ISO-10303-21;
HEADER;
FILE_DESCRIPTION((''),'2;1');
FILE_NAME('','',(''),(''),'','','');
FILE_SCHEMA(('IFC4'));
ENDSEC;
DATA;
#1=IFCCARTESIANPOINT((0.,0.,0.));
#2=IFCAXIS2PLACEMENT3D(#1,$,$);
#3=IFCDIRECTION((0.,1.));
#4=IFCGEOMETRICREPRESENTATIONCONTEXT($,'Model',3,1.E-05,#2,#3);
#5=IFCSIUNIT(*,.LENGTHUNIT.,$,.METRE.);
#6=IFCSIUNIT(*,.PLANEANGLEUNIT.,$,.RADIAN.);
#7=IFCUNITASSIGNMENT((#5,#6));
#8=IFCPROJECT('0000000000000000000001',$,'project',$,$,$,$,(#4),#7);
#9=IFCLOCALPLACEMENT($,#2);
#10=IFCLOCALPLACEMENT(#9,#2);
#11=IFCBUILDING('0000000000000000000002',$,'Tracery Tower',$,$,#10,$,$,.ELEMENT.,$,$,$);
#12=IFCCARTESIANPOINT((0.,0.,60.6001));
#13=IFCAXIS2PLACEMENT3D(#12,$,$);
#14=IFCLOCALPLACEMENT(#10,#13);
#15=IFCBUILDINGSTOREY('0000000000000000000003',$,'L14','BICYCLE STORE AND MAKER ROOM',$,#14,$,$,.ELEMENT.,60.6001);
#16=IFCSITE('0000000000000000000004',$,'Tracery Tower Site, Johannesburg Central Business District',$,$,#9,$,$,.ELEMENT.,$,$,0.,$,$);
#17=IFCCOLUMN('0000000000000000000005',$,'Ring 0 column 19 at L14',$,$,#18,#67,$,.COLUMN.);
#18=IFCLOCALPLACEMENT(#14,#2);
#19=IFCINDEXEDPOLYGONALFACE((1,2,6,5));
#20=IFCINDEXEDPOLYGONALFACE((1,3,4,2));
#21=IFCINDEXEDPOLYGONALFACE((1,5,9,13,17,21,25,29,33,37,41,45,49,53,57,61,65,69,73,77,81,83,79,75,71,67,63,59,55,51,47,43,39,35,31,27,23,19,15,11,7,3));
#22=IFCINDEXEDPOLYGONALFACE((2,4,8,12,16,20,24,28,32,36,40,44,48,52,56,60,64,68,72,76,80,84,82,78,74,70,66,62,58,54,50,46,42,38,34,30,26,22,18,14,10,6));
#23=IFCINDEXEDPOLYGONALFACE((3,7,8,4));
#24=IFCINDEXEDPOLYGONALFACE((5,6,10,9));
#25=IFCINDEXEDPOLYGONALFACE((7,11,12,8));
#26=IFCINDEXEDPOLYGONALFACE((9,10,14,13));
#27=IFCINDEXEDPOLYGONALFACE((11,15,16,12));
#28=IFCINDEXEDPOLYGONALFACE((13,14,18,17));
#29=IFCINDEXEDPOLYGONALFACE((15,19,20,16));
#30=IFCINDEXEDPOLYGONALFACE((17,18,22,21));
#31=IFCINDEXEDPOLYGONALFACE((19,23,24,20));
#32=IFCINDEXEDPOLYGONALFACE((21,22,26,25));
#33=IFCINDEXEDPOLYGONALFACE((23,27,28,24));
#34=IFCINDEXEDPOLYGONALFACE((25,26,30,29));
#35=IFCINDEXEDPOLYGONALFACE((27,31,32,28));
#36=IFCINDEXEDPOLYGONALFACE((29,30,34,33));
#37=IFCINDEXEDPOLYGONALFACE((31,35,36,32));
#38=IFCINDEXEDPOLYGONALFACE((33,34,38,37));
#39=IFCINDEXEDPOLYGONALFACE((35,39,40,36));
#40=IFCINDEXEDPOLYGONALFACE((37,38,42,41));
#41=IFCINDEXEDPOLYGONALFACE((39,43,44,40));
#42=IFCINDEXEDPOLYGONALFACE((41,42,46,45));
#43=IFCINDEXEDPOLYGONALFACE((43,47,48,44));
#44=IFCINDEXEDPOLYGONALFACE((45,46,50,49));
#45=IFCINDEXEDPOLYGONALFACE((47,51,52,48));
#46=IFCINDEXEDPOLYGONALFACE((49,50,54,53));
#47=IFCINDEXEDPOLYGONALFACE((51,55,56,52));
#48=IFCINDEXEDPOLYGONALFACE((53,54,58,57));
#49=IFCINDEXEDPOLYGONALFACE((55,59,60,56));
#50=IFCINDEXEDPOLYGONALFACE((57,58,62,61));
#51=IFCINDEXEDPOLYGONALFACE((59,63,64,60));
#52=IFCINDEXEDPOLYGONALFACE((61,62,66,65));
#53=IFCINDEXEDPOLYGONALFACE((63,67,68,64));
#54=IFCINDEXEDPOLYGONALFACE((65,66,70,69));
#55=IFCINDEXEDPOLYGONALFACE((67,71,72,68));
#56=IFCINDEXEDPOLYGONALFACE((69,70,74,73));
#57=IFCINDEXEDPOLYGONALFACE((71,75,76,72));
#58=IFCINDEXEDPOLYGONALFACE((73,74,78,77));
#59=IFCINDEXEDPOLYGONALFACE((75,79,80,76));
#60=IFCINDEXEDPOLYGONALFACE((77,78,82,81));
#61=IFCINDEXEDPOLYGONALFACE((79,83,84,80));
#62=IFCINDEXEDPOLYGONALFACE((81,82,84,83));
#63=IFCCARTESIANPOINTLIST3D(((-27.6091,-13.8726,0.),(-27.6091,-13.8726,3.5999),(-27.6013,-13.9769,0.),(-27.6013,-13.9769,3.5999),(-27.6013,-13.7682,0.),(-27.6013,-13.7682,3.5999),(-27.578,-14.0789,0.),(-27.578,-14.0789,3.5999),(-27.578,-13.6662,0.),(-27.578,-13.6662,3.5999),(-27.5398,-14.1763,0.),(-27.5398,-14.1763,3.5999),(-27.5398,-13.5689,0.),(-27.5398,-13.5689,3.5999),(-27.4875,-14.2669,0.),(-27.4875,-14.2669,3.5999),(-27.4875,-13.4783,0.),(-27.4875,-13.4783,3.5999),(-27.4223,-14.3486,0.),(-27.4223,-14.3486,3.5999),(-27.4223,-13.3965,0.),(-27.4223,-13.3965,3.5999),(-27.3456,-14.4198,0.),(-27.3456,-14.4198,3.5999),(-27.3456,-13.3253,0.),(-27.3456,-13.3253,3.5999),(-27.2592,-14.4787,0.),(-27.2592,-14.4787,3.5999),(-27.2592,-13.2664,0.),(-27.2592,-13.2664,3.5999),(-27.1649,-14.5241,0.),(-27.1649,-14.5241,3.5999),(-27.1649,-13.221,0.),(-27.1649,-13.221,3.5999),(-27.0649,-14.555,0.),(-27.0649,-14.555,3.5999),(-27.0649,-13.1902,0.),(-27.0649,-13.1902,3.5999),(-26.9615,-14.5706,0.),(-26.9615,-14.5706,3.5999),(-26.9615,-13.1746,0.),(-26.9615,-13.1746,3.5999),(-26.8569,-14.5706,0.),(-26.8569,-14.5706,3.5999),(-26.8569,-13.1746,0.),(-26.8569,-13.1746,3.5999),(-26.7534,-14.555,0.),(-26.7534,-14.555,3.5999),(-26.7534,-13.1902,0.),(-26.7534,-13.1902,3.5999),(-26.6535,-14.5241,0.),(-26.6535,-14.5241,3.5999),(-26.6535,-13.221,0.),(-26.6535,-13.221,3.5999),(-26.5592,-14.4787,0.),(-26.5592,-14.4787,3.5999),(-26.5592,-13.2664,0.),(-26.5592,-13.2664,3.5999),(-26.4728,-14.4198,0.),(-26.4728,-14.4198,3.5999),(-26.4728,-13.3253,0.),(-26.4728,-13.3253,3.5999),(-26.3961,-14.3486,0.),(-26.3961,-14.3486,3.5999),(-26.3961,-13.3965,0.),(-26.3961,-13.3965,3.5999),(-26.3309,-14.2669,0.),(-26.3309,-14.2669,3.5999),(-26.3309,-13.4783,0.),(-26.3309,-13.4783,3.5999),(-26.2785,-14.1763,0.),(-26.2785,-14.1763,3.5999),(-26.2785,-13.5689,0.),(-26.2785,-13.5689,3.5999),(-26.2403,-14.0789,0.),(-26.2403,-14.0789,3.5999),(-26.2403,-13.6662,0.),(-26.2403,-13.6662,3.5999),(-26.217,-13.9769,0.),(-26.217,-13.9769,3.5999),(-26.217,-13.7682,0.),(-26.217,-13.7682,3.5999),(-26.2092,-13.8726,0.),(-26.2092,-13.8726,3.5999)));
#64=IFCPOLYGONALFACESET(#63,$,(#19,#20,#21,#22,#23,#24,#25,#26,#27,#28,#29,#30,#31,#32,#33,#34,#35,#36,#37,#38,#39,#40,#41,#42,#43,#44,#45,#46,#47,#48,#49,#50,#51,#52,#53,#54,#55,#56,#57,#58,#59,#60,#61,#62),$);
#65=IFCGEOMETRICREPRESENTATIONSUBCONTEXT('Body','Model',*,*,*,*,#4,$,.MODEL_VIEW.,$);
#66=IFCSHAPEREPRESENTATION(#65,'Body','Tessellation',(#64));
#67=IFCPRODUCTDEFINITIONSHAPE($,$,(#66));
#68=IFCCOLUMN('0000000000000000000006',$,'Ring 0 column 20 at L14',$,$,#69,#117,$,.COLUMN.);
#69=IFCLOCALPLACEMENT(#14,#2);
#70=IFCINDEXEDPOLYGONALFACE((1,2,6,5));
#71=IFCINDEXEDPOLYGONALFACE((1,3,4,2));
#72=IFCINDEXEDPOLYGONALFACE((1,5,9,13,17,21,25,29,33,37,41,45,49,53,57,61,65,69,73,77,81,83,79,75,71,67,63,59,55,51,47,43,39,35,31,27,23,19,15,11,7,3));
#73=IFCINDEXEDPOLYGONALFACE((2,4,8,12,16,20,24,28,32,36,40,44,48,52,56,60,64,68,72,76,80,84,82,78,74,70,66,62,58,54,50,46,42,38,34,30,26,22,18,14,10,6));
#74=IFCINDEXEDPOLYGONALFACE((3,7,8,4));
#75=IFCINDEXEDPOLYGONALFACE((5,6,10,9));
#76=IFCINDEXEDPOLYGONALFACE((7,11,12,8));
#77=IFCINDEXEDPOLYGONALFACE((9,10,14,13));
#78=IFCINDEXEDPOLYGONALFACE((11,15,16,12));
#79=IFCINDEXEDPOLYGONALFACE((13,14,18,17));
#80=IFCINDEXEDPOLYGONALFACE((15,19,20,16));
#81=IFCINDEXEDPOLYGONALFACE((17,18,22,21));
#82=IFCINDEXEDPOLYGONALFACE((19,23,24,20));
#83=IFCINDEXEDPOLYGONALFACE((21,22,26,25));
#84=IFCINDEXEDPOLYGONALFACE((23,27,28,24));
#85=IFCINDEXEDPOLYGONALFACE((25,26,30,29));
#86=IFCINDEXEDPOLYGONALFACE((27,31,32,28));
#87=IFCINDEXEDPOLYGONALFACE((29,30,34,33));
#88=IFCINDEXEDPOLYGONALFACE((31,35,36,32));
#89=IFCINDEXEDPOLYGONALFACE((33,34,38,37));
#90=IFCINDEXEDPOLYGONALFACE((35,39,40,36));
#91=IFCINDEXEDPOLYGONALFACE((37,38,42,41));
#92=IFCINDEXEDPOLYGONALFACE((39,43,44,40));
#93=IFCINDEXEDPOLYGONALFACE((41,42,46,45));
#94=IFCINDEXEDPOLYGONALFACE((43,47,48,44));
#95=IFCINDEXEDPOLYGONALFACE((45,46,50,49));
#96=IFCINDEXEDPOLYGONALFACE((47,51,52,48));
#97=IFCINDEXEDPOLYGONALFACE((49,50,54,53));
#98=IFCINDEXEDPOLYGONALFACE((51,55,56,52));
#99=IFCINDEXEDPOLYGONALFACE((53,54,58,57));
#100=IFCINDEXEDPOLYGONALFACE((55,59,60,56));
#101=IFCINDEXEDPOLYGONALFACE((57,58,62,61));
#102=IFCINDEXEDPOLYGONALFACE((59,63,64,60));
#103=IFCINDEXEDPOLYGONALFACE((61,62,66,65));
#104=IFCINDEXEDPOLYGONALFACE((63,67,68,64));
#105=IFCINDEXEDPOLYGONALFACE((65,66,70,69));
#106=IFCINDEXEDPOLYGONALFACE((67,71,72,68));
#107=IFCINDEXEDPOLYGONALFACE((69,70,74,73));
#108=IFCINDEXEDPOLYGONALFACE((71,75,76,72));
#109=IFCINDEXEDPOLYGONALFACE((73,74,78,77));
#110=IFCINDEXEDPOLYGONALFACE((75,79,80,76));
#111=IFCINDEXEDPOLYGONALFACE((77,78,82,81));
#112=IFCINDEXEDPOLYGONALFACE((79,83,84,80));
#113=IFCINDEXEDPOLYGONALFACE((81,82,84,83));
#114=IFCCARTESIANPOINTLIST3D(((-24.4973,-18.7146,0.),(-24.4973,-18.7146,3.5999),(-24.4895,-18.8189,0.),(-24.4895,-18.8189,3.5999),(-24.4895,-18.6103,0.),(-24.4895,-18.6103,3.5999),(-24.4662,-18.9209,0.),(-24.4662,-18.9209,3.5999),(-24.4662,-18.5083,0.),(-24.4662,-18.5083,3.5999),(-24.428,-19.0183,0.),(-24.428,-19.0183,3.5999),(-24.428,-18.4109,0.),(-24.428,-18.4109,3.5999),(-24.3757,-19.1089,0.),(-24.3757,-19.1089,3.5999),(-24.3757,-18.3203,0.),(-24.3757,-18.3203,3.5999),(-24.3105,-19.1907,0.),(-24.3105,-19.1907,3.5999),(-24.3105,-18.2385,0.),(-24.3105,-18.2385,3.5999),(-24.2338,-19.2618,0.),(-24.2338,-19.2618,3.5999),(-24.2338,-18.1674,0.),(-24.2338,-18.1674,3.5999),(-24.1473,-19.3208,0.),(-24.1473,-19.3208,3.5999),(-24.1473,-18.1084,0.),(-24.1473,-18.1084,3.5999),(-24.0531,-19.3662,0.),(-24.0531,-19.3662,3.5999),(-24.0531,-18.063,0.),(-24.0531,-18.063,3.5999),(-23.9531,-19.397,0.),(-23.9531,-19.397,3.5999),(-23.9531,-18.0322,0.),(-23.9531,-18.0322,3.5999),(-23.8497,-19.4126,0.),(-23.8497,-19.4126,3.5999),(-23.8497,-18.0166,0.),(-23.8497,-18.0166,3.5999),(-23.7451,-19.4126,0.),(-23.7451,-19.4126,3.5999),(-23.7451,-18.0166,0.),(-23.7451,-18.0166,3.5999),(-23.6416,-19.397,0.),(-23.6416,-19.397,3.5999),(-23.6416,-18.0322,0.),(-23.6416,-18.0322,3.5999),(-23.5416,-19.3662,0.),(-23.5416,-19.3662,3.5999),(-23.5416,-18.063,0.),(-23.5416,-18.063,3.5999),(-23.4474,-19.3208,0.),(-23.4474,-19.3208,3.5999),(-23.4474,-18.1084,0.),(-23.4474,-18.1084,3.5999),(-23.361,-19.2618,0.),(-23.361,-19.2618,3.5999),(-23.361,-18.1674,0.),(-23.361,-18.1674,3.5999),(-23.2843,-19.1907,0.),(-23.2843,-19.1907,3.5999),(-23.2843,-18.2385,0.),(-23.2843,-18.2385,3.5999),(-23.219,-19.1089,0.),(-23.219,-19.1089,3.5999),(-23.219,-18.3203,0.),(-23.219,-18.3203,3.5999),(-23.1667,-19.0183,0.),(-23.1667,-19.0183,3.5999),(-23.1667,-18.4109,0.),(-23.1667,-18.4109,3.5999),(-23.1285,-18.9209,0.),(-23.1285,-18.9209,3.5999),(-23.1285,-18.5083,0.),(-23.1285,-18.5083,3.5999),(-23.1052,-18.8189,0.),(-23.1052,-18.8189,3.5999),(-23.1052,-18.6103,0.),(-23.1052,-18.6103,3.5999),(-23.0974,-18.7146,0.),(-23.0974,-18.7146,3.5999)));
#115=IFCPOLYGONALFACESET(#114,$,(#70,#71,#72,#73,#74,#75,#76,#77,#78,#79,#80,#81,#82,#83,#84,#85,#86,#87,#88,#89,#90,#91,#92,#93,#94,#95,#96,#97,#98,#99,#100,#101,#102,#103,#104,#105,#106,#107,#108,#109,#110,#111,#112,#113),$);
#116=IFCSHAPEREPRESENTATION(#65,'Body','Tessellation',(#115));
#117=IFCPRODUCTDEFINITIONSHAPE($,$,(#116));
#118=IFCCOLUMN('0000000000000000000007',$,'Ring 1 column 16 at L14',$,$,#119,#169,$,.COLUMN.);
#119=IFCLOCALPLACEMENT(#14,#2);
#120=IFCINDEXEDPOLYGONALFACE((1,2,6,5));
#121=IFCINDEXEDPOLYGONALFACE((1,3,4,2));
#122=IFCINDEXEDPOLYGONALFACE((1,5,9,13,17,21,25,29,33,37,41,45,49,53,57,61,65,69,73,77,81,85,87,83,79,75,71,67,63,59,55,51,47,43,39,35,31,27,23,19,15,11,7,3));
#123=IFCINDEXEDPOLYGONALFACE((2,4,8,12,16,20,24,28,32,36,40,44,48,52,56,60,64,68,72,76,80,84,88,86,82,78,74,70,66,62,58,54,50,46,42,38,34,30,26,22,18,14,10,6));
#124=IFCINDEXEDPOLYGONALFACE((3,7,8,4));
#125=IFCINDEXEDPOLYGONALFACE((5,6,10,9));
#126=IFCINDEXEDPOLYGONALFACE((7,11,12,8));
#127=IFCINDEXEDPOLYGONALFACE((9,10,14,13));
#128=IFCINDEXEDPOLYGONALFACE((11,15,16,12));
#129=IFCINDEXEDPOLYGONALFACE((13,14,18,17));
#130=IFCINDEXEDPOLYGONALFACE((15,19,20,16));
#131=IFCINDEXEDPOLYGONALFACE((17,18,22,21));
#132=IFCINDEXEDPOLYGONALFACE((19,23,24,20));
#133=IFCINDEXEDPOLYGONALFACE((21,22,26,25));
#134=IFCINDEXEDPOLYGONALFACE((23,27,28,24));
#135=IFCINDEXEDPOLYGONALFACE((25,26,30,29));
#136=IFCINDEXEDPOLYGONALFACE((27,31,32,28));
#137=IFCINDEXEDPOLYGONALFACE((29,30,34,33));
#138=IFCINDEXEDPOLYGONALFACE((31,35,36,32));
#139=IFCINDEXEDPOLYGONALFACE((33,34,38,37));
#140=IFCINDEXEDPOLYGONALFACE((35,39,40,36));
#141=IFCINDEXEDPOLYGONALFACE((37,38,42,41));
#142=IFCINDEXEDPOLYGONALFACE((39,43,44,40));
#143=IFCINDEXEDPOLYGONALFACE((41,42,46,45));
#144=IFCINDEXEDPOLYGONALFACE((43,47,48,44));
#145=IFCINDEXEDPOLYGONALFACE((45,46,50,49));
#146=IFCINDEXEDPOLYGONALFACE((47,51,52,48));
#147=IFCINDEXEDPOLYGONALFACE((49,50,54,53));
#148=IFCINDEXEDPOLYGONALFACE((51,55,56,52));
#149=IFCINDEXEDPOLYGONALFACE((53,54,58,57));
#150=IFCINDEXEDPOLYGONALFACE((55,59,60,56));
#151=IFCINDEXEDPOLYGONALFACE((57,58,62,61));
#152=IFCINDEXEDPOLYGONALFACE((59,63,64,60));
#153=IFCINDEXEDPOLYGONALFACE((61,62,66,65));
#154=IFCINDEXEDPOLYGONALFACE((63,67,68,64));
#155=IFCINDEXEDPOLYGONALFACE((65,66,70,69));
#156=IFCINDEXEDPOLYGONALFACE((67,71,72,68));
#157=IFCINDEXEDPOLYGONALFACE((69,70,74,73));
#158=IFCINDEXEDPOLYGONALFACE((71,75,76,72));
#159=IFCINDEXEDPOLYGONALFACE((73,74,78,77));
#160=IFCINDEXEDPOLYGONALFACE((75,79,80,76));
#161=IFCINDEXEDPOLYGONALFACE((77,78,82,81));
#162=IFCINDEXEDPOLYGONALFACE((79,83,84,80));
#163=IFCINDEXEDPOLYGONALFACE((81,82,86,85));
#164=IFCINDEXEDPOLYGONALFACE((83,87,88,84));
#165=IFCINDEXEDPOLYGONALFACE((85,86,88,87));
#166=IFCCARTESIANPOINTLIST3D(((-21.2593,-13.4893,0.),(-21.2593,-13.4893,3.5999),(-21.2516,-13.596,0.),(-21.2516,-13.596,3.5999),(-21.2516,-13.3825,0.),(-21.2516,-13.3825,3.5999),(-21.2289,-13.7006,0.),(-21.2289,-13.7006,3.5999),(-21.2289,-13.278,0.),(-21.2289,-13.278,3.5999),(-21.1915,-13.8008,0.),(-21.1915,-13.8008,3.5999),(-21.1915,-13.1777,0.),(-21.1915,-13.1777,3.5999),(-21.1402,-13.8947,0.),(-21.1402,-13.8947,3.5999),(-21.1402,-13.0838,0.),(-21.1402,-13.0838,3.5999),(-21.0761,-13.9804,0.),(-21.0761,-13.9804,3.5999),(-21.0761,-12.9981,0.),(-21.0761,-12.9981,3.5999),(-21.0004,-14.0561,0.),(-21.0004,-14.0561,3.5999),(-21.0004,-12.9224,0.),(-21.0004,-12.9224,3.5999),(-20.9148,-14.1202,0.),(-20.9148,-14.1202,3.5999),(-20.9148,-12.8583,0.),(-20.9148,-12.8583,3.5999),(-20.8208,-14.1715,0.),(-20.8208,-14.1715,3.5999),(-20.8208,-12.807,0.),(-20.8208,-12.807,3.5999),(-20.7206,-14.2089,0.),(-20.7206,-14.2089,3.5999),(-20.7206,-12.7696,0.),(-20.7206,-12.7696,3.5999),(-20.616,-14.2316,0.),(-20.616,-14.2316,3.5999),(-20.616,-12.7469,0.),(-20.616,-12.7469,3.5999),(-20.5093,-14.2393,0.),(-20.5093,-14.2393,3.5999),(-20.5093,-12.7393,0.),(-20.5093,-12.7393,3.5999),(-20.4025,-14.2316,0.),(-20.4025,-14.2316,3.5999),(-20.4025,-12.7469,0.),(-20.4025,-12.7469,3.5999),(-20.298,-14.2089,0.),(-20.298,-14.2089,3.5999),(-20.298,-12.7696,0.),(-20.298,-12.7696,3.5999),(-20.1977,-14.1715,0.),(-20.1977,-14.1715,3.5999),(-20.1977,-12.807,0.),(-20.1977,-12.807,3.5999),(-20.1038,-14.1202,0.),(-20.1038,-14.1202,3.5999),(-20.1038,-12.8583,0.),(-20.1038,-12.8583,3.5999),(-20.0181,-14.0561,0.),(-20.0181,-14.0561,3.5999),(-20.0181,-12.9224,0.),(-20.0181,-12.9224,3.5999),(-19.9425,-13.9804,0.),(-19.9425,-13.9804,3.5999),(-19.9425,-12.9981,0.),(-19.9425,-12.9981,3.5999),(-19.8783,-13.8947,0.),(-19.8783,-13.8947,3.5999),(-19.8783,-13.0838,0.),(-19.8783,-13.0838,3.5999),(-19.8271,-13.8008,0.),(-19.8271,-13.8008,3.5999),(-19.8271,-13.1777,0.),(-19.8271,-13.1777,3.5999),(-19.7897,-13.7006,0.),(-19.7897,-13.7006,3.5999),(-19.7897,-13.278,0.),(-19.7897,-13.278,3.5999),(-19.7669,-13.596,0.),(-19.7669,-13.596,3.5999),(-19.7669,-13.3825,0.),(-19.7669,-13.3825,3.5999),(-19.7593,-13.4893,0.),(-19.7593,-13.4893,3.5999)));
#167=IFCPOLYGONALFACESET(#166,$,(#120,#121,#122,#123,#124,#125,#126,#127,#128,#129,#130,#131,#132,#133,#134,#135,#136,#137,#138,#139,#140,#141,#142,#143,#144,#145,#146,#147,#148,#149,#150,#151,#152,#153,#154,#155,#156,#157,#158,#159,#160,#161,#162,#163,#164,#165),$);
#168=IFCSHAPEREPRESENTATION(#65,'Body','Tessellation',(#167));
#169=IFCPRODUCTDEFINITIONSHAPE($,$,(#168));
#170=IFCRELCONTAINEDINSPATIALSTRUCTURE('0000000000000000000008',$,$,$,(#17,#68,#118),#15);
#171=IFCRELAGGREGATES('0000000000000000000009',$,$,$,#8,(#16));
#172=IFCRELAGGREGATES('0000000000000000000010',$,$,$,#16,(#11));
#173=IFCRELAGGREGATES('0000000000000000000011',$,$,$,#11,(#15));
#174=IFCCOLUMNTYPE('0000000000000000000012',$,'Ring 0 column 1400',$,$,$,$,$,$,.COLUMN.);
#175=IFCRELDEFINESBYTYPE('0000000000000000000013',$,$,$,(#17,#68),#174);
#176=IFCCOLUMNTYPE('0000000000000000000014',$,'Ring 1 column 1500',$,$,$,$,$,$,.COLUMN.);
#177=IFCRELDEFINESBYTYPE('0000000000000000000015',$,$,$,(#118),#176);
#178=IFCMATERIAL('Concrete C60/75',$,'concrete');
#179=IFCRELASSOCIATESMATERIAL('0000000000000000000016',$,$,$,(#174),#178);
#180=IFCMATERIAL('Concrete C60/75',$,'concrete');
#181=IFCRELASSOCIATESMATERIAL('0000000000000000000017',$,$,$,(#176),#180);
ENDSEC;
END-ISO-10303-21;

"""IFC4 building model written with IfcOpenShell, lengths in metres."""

from ifc_helpers import new_model, si_unit, direction, frame, origin, origin_2d, place, context, subcontext, project, spatial, circle, extrude, material, material_profile, profile_set, type_object, element, save


model = new_model("IFC4")

# Units and contexts
model_context = context("Model", 3, precision=1e-05, world=origin(), true_north=direction((0.0, 1.0)))
body_context = subcontext(model_context, "Body", "Model", "MODEL_VIEW")
ifc_project = project(units=[si_unit("LENGTHUNIT", "METRE"), si_unit("PLANEANGLEUNIT", "RADIAN")], contexts=[model_context])

# Site, building, storey
site_placement = place(None, origin())
site = spatial("IfcSite", under=ifc_project, at=site_placement, Name="Tracery Tower Site, Johannesburg Central Business District", CompositionType="ELEMENT", RefElevation=0.0)
building_placement = place(site_placement, origin())
building = spatial("IfcBuilding", under=site, at=building_placement, Name="Tracery Tower", CompositionType="ELEMENT")
storey_placement = place(building_placement, frame((0.0, 0.0, 60.6001)))
storey = spatial("IfcBuildingStorey", under=building, at=storey_placement, Name="L14", Description="BICYCLE STORE AND MAKER ROOM", CompositionType="ELEMENT", Elevation=60.6001)

# Columns
ifc_material_1 = material(Name="Concrete C60/75", Category="concrete")
ifc_material_profile_1 = material_profile(ifc_material_1, circle(Radius=0.7, at=origin_2d()), Name="RC D1400")
ifc_profile_set_1 = profile_set([ifc_material_profile_1], Name="Concrete C60/75")
column_type_1 = type_object("IfcColumnType", Name="Ring 0 column 1400", PredefinedType="COLUMN", material=ifc_profile_set_1)
for number, where, z_axis, x_axis, name in (
    (1, (-26.9092, -13.8726, 0.0), (0.0, 0.0, 1.0), (1.0, 0.0, 0.0), "Ring 0 column 19 at L14"),
    (2, (-23.7974, -18.7146, 0.0), (0.0, 0.0, 1.0), (1.0, 0.0, 0.0), "Ring 0 column 20 at L14"),
):
    element("IfcColumn", number, at=place(storey_placement, frame(where, z_axis=z_axis, x_axis=x_axis)), inside=storey, type_object=column_type_1, Name=name, PredefinedType="COLUMN", context=body_context, shape_type="SweptSolid", body=[
        extrude(circle(Radius=0.7, at=origin_2d()), origin(), (0.0, 0.0, 1.0), 3.5999),
    ])
ifc_material_2 = material(Name="Concrete C60/75", Category="concrete")
ifc_material_profile_2 = material_profile(ifc_material_2, circle(Radius=0.75, at=origin_2d()), Name="RC D1500")
ifc_profile_set_2 = profile_set([ifc_material_profile_2], Name="Concrete C60/75")
column_type_2 = type_object("IfcColumnType", Name="Ring 1 column 1500", PredefinedType="COLUMN", material=ifc_profile_set_2)
for number, where, z_axis, x_axis, name in (
    (3, (-20.5093, -13.4893, 0.0), (0.0, 0.0, 1.0), (1.0, 0.0, 0.0), "Ring 1 column 16 at L14"),
):
    element("IfcColumn", number, at=place(storey_placement, frame(where, z_axis=z_axis, x_axis=x_axis)), inside=storey, type_object=column_type_2, Name=name, PredefinedType="COLUMN", context=body_context, shape_type="SweptSolid", body=[
        extrude(circle(Radius=0.75, at=origin_2d()), origin(), (0.0, 0.0, 1.0), 3.5999),
    ])

save(model, "model.ifc")
